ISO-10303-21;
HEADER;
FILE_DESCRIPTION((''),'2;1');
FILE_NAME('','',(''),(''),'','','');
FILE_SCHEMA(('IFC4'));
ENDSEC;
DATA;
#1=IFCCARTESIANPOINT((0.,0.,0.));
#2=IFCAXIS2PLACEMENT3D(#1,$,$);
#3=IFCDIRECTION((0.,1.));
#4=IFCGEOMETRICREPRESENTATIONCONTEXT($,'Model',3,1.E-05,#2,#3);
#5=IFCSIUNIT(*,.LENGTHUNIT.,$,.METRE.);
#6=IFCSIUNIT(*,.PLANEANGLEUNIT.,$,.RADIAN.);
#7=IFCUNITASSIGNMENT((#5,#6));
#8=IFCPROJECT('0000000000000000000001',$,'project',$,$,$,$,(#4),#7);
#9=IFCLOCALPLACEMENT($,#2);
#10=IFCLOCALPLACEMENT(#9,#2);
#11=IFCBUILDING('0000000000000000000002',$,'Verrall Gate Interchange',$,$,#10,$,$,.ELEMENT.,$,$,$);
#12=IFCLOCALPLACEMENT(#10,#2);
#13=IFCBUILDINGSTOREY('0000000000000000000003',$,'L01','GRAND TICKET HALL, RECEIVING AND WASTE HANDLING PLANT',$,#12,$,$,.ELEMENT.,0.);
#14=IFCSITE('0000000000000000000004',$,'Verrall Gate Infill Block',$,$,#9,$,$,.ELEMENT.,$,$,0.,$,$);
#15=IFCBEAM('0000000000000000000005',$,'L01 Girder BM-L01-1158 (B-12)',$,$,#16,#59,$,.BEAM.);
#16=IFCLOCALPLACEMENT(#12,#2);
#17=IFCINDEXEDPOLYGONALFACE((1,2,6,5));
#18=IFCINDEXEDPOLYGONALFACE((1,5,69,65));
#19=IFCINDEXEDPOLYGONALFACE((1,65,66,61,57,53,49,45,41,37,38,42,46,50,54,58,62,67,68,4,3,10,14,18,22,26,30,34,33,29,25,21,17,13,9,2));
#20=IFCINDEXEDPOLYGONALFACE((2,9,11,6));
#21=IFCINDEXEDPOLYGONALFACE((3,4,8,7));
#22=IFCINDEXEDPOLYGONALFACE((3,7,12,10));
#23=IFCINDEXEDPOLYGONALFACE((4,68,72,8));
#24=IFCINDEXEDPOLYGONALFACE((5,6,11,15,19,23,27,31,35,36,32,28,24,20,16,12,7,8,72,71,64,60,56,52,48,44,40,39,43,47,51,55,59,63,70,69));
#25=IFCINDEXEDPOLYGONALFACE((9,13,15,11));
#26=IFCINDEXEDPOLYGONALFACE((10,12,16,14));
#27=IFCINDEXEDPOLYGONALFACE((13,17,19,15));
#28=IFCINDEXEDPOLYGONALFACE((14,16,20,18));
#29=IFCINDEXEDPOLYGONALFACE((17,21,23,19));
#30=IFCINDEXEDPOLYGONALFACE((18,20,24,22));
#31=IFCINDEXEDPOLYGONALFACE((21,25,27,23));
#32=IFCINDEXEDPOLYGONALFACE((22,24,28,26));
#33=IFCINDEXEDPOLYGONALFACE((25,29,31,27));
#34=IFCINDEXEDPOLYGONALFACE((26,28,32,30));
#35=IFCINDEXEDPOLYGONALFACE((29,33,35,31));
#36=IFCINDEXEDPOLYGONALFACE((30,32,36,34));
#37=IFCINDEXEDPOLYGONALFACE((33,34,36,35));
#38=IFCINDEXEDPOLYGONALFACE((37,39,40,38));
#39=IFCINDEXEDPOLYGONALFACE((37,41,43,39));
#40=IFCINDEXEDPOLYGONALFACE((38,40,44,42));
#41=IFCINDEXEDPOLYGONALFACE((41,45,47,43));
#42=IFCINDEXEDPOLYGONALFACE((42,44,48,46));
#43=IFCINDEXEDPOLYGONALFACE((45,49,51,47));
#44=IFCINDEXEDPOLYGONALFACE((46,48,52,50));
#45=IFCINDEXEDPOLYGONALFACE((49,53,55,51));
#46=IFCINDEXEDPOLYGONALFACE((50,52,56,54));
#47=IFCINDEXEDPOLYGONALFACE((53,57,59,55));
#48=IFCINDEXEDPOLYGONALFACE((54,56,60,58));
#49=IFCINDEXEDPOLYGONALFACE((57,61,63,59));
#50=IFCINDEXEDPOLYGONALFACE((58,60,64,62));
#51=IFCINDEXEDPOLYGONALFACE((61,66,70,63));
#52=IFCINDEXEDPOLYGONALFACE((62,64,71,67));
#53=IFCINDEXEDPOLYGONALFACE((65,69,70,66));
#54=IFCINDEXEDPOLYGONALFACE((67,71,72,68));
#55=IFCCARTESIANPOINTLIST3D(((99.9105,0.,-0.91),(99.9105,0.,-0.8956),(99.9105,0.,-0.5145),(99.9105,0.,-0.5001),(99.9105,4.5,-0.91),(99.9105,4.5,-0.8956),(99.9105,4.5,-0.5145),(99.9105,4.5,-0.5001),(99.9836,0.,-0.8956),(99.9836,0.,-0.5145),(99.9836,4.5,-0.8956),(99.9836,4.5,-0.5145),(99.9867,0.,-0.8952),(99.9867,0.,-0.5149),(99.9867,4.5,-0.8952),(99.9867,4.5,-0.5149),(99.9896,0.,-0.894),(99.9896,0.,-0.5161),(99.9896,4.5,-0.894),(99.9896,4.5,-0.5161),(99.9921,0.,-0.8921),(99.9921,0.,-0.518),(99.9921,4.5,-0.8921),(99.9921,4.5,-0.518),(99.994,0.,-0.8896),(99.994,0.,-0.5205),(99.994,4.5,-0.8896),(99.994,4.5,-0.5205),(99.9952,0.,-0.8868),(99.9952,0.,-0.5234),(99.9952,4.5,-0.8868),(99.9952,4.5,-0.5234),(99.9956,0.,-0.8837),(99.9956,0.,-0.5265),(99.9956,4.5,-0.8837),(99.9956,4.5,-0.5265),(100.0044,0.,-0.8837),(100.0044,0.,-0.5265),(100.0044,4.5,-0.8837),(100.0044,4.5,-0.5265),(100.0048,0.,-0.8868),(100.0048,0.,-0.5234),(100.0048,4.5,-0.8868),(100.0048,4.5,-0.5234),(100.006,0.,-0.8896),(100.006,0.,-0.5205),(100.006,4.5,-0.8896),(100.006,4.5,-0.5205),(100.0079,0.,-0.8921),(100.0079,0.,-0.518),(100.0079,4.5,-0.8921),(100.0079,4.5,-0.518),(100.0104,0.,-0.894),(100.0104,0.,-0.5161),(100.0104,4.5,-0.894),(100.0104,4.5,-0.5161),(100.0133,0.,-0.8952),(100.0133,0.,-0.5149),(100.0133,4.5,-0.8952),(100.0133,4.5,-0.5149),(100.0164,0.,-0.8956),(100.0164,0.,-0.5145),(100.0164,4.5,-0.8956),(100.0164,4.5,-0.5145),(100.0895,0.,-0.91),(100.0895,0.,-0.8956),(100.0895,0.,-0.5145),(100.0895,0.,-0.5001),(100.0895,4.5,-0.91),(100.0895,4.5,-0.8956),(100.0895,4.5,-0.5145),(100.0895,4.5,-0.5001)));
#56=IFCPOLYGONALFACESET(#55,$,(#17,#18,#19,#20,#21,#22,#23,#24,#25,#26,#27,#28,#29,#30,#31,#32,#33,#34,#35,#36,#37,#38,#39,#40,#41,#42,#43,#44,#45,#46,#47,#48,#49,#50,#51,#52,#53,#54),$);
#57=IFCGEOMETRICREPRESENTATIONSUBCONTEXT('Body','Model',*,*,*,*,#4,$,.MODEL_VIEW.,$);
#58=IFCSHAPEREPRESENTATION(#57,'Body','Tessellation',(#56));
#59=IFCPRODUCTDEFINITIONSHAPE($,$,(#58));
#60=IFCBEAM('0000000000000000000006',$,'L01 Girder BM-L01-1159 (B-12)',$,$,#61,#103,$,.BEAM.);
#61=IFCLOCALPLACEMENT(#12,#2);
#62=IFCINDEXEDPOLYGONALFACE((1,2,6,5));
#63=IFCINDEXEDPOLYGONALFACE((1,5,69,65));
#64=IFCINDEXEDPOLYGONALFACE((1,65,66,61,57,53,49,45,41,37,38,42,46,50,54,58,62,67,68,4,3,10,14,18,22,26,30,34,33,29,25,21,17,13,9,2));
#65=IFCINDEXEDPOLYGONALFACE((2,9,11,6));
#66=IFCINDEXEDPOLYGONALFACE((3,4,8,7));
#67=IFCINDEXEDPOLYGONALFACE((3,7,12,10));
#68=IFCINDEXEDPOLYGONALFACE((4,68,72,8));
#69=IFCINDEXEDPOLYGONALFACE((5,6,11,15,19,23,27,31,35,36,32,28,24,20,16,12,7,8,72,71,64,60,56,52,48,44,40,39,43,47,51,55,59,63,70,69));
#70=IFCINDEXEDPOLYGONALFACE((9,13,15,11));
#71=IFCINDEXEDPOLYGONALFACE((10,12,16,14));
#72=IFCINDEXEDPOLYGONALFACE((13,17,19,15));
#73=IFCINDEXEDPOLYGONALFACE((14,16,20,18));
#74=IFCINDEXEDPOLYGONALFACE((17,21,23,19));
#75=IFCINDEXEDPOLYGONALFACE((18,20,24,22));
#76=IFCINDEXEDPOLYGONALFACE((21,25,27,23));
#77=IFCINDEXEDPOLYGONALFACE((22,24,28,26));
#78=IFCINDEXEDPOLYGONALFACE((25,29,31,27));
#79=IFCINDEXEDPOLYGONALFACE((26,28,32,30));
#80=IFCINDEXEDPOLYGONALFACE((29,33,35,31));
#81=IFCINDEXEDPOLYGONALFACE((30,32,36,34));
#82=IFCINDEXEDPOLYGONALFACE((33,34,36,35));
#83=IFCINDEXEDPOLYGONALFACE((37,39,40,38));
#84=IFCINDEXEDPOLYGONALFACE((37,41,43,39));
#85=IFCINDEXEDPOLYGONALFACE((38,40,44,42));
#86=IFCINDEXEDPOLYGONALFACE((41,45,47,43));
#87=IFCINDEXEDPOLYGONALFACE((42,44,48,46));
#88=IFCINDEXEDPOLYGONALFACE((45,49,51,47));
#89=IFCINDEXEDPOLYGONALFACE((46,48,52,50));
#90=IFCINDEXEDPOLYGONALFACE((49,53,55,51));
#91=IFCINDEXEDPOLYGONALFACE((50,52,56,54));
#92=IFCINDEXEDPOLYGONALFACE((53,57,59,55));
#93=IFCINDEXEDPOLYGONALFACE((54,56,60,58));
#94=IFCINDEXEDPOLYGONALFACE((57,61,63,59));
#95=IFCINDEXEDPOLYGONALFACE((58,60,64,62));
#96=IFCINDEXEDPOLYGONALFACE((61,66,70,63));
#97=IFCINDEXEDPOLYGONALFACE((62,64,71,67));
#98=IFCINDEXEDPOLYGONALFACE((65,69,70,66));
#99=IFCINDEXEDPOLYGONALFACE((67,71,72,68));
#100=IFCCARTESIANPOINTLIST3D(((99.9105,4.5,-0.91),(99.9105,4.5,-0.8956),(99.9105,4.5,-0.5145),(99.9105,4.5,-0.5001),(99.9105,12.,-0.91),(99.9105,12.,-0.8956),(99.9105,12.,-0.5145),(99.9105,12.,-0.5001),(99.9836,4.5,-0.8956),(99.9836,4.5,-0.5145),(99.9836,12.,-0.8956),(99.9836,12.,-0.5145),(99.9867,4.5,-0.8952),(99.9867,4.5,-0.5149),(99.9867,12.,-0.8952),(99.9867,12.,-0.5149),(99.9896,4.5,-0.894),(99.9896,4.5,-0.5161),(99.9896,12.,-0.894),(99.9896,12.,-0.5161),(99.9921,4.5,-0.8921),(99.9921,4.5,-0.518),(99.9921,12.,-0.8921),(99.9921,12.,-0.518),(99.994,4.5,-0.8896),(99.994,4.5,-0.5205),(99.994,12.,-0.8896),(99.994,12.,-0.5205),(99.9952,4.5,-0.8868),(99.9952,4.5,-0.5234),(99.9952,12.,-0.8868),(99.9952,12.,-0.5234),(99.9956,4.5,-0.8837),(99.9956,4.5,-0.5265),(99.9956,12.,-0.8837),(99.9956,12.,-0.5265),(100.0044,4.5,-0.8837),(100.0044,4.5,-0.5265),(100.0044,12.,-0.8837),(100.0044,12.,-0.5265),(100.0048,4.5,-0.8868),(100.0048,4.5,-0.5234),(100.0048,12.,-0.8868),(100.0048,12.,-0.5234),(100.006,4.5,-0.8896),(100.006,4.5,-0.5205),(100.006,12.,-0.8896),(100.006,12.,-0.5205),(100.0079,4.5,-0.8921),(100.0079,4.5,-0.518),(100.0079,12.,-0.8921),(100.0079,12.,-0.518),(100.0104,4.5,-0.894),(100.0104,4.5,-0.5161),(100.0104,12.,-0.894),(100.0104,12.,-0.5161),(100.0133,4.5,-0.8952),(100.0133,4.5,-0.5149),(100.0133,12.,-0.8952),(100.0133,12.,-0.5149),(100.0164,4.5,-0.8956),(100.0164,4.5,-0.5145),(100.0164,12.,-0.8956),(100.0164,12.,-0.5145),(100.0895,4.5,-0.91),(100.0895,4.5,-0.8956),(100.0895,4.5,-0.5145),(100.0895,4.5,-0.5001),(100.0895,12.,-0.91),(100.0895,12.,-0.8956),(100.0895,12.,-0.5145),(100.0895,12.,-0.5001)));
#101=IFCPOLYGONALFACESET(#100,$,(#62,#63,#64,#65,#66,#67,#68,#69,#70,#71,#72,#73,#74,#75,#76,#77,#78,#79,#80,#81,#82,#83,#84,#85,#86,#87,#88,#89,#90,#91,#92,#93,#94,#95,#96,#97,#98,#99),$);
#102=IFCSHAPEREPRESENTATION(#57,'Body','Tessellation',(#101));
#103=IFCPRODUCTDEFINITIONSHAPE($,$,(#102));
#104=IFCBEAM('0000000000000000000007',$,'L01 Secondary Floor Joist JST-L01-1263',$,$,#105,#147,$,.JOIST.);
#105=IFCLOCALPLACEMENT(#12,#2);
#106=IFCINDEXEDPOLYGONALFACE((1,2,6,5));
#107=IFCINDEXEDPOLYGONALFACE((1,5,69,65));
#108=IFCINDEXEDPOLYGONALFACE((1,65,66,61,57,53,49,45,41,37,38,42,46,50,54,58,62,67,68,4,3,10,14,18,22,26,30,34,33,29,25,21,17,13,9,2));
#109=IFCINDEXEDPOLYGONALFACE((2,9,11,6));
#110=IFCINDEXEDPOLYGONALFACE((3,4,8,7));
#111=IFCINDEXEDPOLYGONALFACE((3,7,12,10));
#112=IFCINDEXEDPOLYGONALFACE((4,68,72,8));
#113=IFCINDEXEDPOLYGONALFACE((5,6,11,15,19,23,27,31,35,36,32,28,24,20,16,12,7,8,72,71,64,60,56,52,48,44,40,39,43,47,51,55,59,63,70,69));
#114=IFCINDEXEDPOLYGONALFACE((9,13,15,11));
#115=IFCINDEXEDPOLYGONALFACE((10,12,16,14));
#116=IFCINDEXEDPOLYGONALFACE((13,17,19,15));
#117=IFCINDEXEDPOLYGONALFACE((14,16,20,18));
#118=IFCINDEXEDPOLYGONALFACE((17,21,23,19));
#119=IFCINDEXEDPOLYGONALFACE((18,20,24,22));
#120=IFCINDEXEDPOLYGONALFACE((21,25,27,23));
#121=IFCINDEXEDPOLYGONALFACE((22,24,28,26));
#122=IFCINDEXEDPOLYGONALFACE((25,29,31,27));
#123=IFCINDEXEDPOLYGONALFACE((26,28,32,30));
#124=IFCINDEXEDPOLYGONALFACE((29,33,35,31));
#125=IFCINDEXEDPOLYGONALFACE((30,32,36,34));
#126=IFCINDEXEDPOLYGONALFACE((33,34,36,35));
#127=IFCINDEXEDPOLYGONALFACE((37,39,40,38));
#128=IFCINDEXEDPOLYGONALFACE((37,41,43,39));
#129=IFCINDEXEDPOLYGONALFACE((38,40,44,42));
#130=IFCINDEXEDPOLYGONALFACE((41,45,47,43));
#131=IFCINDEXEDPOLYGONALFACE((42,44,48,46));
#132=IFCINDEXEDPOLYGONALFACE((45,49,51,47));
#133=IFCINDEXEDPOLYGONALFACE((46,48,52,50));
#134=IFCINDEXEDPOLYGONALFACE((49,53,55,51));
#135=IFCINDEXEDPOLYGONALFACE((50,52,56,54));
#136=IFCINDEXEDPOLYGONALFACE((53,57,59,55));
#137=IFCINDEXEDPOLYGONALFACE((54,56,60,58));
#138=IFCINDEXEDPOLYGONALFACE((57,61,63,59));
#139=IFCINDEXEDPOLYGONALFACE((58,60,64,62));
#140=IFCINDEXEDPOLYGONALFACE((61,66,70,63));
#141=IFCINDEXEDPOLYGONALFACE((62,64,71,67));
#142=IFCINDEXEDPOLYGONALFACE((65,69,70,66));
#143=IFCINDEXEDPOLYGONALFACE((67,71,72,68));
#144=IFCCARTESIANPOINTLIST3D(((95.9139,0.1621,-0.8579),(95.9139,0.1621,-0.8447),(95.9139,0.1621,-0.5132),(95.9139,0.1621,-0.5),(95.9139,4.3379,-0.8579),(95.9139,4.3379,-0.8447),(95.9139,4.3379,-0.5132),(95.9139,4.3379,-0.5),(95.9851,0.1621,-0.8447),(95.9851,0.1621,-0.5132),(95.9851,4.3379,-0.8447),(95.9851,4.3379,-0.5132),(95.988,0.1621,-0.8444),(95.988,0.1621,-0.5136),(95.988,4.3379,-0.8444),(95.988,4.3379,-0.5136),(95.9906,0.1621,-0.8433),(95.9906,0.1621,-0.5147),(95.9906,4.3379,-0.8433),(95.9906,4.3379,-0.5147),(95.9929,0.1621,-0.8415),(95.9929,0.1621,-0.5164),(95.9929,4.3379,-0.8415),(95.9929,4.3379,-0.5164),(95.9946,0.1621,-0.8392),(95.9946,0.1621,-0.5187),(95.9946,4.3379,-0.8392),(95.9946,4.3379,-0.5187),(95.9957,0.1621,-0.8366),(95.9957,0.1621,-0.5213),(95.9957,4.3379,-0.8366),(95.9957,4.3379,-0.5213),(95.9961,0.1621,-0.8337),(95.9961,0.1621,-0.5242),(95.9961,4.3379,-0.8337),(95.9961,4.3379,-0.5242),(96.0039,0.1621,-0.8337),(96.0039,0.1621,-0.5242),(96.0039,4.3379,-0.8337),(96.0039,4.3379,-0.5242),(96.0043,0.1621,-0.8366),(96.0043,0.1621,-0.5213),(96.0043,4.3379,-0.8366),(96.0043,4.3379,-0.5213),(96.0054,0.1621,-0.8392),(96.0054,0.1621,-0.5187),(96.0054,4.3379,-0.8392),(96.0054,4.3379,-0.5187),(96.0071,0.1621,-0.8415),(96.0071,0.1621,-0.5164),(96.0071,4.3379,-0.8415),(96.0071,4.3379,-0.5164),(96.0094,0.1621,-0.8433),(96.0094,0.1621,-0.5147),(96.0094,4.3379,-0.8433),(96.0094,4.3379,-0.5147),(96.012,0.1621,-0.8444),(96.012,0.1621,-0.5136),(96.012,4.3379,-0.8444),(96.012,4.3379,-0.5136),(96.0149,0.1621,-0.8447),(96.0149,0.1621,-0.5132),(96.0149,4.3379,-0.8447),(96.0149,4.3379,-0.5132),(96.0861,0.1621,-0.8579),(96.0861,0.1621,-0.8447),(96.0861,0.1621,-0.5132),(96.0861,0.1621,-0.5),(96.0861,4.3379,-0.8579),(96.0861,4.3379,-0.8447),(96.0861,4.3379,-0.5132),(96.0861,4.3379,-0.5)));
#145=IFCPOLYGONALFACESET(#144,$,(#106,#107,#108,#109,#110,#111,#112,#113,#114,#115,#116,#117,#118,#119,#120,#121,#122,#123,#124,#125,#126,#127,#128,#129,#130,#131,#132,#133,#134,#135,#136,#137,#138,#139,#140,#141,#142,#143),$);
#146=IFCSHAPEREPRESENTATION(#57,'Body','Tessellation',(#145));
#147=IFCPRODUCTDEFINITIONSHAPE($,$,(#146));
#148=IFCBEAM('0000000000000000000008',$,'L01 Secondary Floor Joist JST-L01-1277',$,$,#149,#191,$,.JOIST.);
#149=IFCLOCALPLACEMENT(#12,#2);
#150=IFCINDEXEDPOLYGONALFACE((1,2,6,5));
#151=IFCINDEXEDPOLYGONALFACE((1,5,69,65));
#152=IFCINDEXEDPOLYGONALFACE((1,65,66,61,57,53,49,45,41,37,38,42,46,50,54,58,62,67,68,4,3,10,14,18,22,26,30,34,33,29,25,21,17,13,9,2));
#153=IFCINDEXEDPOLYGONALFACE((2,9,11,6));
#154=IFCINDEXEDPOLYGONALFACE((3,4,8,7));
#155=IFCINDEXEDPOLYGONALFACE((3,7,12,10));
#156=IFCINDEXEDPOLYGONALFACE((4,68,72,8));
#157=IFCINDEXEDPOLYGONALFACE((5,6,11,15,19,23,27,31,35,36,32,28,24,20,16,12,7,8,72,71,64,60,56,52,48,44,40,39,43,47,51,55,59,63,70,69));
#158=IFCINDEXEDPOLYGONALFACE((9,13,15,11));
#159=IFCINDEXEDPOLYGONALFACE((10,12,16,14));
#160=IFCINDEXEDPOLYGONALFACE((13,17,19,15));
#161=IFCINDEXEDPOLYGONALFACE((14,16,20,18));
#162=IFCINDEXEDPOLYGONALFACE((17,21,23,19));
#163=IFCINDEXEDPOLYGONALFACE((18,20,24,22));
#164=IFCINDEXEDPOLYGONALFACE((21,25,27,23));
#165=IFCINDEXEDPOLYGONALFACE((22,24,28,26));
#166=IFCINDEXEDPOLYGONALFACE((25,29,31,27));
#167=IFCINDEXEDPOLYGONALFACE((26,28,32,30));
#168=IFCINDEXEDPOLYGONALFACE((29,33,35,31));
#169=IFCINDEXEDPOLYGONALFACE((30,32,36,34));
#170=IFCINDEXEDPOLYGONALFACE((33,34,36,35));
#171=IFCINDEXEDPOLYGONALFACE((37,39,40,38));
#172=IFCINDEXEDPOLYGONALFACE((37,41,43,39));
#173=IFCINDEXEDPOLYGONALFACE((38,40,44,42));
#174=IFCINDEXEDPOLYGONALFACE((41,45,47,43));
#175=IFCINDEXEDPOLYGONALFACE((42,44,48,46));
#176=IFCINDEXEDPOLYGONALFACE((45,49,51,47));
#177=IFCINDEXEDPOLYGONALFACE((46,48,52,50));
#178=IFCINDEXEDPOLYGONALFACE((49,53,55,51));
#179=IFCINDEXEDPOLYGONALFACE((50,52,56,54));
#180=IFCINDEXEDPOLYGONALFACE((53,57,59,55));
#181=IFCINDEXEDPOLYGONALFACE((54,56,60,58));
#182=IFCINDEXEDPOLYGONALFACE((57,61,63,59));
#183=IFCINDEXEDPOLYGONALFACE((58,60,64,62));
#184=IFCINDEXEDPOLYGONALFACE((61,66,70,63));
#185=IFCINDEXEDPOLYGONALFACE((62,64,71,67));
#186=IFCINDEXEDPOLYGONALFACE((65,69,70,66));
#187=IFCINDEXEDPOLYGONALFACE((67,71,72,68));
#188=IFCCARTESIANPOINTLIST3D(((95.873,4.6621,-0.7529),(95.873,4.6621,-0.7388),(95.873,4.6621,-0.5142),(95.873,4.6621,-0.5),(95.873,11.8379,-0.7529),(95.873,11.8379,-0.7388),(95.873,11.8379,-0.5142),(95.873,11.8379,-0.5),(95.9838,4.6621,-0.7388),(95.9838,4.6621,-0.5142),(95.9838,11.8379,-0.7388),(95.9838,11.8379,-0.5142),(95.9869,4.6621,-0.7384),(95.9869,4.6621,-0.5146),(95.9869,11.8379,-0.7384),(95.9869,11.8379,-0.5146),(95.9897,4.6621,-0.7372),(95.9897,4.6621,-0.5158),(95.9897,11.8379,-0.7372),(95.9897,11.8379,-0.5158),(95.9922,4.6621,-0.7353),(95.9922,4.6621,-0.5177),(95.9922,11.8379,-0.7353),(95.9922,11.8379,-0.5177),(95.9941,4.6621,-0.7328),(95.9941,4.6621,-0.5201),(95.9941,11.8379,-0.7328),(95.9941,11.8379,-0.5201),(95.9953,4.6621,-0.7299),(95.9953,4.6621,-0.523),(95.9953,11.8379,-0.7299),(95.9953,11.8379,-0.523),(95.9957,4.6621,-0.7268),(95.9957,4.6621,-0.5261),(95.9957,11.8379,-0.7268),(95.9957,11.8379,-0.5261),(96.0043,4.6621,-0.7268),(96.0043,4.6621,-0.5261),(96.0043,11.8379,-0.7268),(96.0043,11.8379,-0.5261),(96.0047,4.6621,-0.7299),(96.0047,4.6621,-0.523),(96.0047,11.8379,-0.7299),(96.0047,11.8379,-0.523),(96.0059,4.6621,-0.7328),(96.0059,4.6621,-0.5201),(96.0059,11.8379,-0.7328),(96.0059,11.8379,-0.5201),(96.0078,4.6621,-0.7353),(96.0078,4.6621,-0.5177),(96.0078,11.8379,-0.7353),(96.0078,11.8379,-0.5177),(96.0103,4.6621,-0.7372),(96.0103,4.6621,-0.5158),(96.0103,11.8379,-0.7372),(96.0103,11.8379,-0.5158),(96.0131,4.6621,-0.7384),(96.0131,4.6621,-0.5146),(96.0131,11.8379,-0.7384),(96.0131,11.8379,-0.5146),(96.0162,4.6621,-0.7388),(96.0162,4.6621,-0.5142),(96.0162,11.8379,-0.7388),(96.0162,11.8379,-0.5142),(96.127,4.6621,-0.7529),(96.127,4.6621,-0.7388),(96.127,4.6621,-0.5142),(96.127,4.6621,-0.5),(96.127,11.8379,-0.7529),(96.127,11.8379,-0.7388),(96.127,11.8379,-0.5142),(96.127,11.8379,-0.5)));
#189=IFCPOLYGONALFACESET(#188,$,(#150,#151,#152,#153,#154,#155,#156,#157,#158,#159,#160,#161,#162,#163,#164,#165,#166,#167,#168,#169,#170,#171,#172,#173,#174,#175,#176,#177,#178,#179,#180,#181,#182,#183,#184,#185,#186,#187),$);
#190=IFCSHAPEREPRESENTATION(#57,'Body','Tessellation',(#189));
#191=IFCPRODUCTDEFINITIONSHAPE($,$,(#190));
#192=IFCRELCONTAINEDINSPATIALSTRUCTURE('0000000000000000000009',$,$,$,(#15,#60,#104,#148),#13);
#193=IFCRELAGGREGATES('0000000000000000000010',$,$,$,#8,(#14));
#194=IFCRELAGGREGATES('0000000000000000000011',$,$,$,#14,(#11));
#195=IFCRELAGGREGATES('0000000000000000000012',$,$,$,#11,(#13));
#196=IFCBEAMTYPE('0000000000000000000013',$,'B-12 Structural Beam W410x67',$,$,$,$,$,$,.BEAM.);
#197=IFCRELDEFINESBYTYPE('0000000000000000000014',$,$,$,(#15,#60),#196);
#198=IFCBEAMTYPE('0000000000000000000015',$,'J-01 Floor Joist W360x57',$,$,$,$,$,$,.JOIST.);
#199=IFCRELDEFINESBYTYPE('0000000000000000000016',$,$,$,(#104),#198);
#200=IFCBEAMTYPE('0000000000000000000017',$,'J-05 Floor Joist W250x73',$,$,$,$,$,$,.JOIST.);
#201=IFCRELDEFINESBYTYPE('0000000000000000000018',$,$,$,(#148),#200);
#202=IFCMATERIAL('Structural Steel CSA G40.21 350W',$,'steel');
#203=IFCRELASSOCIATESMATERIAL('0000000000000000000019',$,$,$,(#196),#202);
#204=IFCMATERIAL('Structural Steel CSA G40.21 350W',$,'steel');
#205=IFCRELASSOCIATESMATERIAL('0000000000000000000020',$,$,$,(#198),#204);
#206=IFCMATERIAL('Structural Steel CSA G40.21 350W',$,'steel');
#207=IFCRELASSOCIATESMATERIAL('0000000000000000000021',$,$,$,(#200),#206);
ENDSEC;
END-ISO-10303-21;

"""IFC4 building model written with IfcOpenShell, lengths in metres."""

from ifc_helpers import new_model, si_unit, direction, frame, origin, origin_2d, place, context, subcontext, project, spatial, i_section, extrude, material, material_profile, profile_set, type_object, element, save


model = new_model("IFC4")

# Units and contexts
model_context = context("Model", 3, precision=1e-05, world=origin(), true_north=direction((0.0, 1.0)))
body_context = subcontext(model_context, "Body", "Model", "MODEL_VIEW")
ifc_project = project(units=[si_unit("LENGTHUNIT", "METRE"), si_unit("PLANEANGLEUNIT", "RADIAN")], contexts=[model_context])

# Site, building, storey
site_placement = place(None, origin())
site = spatial("IfcSite", under=ifc_project, at=site_placement, Name="Verrall Gate Infill Block", CompositionType="ELEMENT", RefElevation=0.0)
building_placement = place(site_placement, origin())
building = spatial("IfcBuilding", under=site, at=building_placement, Name="Verrall Gate Interchange", CompositionType="ELEMENT")
storey_placement = place(building_placement, origin())
storey = spatial("IfcBuildingStorey", under=building, at=storey_placement, Name="L01", Description="GRAND TICKET HALL, RECEIVING AND WASTE HANDLING PLANT", CompositionType="ELEMENT", Elevation=0.0)

# Beams
ifc_material_1 = material(Name="Structural Steel CSA G40.21 350W", Category="steel")
ifc_material_profile_1 = material_profile(ifc_material_1, i_section(OverallWidth=0.179, OverallDepth=0.4099, WebThickness=0.0088, FlangeThickness=0.0144, FilletRadius=0.012, at=origin_2d()), Name="W410x67")
ifc_profile_set_1 = profile_set([ifc_material_profile_1], Name="Structural Steel CSA G40.21 350W")
beam_type_1 = type_object("IfcBeamType", Name="B-12 Structural Beam W410x67", PredefinedType="BEAM", material=ifc_profile_set_1)
beam_1_placement = place(storey_placement, frame((100.0, 0.0, -0.7051), z_axis=(0.0, 1.0, 0.0), x_axis=(-1.0, 0.0, 0.0)))
element("IfcBeam", 1, at=beam_1_placement, inside=storey, type_object=beam_type_1, Name="L01 Girder BM-L01-1158 (B-12)", PredefinedType="BEAM", context=body_context, shape_type="SweptSolid", body=[
    extrude(i_section(OverallWidth=0.179, OverallDepth=0.4099, WebThickness=0.0088, FlangeThickness=0.0144, FilletRadius=0.012, at=origin_2d()), origin(), (0.0, 0.0, 1.0), 4.5),
])
beam_2_placement = place(storey_placement, frame((100.0, 4.5, -0.7051), z_axis=(0.0, 1.0, 0.0), x_axis=(-1.0, 0.0, 0.0)))
element("IfcBeam", 2, at=beam_2_placement, inside=storey, type_object=beam_type_1, Name="L01 Girder BM-L01-1159 (B-12)", PredefinedType="BEAM", context=body_context, shape_type="SweptSolid", body=[
    extrude(i_section(OverallWidth=0.179, OverallDepth=0.4099, WebThickness=0.0088, FlangeThickness=0.0144, FilletRadius=0.012, at=origin_2d()), origin(), (0.0, 0.0, 1.0), 7.5),
])
ifc_material_2 = material(Name="Structural Steel CSA G40.21 350W", Category="steel")
ifc_material_profile_2 = material_profile(ifc_material_2, i_section(OverallWidth=0.1721, OverallDepth=0.3579, WebThickness=0.0078, FlangeThickness=0.0132, FilletRadius=0.011, at=origin_2d()), Name="W360x57")
ifc_profile_set_2 = profile_set([ifc_material_profile_2], Name="Structural Steel CSA G40.21 350W")
beam_type_2 = type_object("IfcBeamType", Name="J-01 Floor Joist W360x57", PredefinedType="JOIST", material=ifc_profile_set_2)
beam_3_placement = place(storey_placement, frame((96.0, 0.1621, -0.679), z_axis=(0.0, 1.0, 0.0), x_axis=(-1.0, 0.0, 0.0)))
element("IfcBeam", 3, at=beam_3_placement, inside=storey, type_object=beam_type_2, Name="L01 Secondary Floor Joist JST-L01-1263", PredefinedType="JOIST", context=body_context, shape_type="SweptSolid", body=[
    extrude(i_section(OverallWidth=0.1721, OverallDepth=0.3579, WebThickness=0.0078, FlangeThickness=0.0132, FilletRadius=0.011, at=origin_2d()), origin(), (0.0, 0.0, 1.0), 4.1758),
])
ifc_material_3 = material(Name="Structural Steel CSA G40.21 350W", Category="steel")
ifc_material_profile_3 = material_profile(ifc_material_3, i_section(OverallWidth=0.2539, OverallDepth=0.2529, WebThickness=0.0085, FlangeThickness=0.0142, FilletRadius=0.012, at=origin_2d()), Name="W250x73")
ifc_profile_set_3 = profile_set([ifc_material_profile_3], Name="Structural Steel CSA G40.21 350W")
beam_type_3 = type_object("IfcBeamType", Name="J-05 Floor Joist W250x73", PredefinedType="JOIST", material=ifc_profile_set_3)
beam_4_placement = place(storey_placement, frame((96.0, 4.6621, -0.6265), z_axis=(0.0, 1.0, 0.0), x_axis=(-1.0, 0.0, 0.0)))
element("IfcBeam", 4, at=beam_4_placement, inside=storey, type_object=beam_type_3, Name="L01 Secondary Floor Joist JST-L01-1277", PredefinedType="JOIST", context=body_context, shape_type="SweptSolid", body=[
    extrude(i_section(OverallWidth=0.2539, OverallDepth=0.2529, WebThickness=0.0085, FlangeThickness=0.0142, FilletRadius=0.012, at=origin_2d()), origin(), (0.0, 0.0, 1.0), 7.1758),
])

save(model, "model.ifc")
